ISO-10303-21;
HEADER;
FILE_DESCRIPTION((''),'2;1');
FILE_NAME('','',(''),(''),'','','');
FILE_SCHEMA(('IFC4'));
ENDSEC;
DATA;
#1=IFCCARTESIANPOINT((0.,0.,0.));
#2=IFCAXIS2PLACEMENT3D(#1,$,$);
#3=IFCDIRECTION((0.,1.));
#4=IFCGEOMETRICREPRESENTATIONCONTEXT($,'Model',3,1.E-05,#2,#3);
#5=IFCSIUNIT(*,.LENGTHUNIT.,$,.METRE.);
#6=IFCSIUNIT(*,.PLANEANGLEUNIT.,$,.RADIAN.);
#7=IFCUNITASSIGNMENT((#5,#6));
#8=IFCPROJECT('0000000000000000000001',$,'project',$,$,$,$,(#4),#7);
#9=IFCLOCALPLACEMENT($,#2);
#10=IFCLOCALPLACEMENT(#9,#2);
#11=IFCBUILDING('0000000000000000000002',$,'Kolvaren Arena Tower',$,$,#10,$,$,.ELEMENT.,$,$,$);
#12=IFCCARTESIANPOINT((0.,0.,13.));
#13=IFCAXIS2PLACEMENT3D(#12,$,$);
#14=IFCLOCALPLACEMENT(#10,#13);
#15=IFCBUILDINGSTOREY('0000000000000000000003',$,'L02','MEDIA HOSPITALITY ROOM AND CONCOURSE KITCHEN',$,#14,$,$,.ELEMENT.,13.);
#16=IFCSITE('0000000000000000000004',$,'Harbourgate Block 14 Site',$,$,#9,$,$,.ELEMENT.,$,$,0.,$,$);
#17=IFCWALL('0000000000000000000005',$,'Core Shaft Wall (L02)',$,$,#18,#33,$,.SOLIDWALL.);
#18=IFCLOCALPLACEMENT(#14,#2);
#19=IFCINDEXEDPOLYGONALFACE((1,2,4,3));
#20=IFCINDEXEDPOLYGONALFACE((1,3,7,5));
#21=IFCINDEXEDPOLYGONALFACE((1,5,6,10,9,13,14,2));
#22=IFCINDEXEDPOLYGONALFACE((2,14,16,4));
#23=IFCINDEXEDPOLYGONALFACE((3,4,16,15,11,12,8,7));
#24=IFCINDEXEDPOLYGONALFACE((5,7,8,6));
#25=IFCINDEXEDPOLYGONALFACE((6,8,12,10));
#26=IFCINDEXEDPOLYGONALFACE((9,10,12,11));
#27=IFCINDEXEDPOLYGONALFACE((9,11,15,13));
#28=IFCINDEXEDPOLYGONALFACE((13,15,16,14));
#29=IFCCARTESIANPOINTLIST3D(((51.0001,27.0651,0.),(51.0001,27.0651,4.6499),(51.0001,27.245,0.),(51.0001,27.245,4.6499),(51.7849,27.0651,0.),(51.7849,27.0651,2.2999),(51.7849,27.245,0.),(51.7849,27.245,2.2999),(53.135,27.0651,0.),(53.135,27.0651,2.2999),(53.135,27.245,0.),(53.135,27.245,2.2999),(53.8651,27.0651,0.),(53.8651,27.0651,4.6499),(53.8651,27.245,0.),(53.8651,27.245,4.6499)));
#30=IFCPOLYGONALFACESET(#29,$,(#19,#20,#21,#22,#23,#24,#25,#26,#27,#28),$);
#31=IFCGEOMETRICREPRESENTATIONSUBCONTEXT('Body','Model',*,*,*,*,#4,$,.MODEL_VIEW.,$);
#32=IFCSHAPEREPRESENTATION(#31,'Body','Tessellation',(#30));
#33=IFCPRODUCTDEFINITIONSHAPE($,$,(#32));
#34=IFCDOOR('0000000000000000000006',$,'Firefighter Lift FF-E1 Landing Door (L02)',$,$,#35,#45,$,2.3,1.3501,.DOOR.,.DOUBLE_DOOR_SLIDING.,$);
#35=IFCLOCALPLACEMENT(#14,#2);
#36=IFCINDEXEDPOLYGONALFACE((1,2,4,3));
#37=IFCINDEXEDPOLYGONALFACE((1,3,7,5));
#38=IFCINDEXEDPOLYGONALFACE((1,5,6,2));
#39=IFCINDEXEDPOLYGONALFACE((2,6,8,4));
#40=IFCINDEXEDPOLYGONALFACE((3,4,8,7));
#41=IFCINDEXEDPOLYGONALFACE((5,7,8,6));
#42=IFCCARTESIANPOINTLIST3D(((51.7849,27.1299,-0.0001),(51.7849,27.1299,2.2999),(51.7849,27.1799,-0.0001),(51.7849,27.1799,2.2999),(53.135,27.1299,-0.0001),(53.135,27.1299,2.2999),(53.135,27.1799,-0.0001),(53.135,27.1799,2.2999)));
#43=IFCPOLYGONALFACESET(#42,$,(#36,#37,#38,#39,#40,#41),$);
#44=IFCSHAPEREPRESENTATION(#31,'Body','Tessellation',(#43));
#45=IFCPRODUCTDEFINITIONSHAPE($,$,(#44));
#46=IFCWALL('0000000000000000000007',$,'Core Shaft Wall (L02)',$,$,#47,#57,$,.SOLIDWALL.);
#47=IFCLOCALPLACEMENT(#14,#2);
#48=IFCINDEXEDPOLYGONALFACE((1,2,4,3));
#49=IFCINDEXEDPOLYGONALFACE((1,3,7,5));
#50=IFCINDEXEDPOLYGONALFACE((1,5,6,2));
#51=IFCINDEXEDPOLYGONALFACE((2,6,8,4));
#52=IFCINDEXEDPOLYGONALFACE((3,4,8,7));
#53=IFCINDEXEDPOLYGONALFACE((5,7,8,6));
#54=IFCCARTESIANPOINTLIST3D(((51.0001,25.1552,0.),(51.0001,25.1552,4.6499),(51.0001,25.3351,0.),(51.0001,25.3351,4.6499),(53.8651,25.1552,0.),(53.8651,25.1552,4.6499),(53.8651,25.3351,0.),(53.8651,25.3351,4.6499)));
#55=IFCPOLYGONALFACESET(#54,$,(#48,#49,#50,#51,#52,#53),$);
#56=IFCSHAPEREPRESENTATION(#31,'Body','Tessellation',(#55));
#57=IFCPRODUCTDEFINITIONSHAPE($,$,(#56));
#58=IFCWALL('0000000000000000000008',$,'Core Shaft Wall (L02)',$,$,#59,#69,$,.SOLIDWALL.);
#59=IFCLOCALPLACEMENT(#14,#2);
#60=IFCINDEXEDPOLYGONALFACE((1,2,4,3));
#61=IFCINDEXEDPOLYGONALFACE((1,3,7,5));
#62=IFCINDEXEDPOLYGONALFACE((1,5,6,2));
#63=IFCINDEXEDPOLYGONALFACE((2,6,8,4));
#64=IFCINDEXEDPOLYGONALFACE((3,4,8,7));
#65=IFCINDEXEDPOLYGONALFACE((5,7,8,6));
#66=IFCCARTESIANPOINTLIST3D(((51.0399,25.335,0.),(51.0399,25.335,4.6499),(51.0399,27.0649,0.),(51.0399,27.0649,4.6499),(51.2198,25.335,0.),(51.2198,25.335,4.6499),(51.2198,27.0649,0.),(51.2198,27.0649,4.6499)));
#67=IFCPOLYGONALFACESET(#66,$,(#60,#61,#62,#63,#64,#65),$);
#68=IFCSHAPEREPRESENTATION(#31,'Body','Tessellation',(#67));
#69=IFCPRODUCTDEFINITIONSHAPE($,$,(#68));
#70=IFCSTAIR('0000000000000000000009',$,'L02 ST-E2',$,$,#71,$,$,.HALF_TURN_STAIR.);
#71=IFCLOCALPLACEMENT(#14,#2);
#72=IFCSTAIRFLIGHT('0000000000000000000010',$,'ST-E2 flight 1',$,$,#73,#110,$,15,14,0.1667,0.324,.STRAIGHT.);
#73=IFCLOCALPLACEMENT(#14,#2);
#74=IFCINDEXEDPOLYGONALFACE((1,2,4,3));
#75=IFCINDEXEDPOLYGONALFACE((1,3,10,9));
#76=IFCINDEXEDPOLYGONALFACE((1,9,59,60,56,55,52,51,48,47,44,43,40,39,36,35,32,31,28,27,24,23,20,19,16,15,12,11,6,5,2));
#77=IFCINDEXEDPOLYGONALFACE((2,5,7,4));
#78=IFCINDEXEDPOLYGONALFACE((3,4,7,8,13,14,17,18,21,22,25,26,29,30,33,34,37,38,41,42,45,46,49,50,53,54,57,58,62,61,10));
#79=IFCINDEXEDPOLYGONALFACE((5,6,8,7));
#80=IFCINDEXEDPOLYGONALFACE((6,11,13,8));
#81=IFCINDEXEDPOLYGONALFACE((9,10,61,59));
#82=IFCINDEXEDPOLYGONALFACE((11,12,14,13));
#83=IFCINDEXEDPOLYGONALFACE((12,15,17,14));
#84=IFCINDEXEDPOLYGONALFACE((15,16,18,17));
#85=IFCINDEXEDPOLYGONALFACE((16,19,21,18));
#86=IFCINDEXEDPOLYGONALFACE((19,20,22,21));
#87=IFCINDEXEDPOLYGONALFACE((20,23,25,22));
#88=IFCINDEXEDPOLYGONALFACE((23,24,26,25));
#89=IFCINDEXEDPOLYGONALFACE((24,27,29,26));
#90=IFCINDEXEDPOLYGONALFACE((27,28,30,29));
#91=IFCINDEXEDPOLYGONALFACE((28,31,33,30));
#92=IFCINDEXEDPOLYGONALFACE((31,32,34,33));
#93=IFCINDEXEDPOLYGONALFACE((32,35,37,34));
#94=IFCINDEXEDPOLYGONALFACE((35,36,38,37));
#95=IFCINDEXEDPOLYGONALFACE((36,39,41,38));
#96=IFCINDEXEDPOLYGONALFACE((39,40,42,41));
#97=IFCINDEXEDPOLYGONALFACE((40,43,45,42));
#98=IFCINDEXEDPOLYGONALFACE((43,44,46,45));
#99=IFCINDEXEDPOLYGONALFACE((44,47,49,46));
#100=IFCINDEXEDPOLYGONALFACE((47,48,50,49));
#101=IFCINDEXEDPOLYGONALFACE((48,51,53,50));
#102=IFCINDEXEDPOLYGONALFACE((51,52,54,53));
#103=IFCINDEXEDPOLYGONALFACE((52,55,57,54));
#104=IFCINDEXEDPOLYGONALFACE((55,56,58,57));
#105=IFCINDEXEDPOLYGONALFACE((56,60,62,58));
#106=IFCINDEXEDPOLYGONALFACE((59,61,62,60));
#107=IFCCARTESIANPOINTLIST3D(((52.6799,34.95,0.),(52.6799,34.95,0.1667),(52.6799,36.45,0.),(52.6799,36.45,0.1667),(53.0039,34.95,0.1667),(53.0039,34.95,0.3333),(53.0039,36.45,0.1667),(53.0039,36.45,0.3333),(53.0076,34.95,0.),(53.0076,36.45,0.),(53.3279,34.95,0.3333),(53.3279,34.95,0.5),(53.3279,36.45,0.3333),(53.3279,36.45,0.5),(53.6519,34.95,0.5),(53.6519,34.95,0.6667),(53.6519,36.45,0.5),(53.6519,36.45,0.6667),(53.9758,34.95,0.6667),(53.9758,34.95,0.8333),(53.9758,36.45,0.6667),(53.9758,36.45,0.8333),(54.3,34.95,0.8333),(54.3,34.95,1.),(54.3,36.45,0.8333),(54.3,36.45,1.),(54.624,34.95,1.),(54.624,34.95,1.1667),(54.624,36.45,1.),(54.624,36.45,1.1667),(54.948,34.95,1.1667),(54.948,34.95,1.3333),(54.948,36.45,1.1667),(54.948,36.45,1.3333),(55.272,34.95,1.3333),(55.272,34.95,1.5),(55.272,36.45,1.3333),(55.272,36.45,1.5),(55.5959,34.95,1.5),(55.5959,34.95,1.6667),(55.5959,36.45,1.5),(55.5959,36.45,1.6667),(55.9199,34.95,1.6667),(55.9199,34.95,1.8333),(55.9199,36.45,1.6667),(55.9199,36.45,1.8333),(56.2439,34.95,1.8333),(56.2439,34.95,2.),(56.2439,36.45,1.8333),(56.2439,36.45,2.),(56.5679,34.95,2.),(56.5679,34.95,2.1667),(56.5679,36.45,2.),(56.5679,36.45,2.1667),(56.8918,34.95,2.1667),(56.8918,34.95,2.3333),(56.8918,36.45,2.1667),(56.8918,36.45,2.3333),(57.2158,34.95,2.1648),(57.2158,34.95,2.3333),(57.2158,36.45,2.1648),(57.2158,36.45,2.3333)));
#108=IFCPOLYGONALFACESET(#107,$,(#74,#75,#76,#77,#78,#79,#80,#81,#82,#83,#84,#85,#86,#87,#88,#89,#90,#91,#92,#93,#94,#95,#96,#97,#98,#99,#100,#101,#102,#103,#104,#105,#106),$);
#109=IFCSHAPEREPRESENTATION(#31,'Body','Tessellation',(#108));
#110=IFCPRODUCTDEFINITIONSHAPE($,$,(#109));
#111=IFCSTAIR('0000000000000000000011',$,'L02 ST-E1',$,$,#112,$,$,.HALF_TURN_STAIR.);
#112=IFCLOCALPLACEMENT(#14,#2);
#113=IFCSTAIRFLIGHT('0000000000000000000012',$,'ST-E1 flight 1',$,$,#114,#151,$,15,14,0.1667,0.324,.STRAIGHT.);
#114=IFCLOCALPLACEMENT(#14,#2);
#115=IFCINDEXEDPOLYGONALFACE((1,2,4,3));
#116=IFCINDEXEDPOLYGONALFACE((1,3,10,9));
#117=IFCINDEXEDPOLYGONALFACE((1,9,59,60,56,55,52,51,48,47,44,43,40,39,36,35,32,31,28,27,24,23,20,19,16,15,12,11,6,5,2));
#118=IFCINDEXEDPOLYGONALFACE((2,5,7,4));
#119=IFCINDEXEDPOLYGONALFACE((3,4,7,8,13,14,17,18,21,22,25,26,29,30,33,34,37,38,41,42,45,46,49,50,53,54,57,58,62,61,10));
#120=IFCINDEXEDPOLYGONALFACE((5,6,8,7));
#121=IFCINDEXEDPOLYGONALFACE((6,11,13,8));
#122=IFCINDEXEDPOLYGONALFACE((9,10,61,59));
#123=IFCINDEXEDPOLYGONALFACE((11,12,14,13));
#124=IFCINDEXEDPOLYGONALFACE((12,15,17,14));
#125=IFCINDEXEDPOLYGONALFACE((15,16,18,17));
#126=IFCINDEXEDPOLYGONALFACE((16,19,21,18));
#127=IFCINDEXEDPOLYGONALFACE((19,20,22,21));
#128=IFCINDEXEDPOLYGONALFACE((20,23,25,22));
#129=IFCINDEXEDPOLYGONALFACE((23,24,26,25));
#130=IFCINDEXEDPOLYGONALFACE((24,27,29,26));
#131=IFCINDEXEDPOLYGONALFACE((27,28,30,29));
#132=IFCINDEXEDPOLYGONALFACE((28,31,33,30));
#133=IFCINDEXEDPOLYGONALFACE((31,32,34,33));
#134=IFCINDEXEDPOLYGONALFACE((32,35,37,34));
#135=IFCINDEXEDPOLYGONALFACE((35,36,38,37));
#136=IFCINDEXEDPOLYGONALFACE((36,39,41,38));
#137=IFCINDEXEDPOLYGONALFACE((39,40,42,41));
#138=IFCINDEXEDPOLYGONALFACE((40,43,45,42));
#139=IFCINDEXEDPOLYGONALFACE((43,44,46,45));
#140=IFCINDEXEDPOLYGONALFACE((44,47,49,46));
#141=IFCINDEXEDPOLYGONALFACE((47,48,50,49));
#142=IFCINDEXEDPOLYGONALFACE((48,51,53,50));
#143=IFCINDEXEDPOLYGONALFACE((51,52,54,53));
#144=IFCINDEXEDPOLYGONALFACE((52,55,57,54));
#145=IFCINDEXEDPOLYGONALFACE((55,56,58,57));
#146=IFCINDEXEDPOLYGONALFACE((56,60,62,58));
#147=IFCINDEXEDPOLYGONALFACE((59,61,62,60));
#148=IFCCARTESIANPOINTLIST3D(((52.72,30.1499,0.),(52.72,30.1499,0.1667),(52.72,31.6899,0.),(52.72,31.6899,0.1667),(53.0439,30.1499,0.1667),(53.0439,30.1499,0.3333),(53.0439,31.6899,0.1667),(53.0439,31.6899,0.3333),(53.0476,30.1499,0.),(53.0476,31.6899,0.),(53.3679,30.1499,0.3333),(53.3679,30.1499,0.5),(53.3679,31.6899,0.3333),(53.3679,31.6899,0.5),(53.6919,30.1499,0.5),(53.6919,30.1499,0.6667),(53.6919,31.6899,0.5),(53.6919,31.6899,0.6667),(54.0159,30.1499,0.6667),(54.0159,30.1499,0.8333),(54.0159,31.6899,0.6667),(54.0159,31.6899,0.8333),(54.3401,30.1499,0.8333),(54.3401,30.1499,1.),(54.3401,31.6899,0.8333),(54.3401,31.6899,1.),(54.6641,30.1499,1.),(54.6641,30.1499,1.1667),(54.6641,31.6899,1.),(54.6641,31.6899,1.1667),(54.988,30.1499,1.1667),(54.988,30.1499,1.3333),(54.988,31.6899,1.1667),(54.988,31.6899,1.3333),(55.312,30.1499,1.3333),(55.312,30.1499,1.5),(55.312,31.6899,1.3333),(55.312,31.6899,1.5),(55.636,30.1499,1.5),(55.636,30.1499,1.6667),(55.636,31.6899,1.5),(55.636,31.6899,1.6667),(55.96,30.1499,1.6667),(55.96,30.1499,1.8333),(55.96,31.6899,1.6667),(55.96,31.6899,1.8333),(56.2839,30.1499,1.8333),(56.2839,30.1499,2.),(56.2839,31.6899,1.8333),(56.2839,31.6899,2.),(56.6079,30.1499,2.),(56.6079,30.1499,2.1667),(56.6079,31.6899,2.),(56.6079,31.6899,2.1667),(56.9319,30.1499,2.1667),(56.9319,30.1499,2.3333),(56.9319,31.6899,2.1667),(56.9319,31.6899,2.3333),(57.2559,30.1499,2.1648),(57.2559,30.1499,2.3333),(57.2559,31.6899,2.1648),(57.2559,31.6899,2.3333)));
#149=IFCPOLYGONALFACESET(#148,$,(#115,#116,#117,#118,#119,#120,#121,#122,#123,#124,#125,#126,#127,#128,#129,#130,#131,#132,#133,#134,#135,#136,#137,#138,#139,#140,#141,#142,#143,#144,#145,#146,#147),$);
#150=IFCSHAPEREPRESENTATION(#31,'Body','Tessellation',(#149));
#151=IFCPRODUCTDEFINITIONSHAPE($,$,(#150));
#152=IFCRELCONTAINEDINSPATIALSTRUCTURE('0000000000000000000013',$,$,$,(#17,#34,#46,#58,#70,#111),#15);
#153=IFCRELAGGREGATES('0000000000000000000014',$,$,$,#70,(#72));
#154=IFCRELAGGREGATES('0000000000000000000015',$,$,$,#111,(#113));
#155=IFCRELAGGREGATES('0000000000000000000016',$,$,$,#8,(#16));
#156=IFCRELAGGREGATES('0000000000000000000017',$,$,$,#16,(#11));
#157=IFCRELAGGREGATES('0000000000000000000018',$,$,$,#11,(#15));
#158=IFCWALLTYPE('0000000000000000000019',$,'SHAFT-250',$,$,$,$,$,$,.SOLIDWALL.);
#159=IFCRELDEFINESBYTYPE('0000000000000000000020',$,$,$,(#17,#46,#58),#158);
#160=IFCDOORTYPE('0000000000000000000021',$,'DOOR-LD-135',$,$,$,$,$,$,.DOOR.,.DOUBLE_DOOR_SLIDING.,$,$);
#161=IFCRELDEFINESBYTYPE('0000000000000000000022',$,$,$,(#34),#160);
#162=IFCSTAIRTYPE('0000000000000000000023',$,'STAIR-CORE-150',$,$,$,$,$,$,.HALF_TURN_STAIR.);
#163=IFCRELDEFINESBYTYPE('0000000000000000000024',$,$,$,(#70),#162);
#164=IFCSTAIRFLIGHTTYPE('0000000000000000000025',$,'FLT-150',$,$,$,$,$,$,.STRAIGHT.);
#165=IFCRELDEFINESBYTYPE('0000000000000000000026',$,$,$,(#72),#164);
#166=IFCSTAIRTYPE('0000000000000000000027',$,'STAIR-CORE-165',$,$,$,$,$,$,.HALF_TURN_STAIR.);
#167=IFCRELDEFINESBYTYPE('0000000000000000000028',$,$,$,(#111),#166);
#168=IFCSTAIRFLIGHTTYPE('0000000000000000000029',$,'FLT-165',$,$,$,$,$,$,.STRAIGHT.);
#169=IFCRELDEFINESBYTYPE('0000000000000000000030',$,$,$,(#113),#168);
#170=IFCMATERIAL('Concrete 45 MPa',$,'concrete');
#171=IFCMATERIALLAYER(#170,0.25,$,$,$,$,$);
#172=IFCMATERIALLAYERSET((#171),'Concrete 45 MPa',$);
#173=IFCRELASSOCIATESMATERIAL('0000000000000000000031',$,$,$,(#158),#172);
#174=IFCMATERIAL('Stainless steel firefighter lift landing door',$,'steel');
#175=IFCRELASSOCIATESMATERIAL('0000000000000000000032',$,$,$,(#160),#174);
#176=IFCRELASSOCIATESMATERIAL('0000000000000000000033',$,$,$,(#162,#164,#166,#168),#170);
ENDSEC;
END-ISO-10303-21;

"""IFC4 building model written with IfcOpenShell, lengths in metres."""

from ifc_helpers import new_model, si_unit, direction, frame, frame_2d, origin, place, context, subcontext, project, spatial, polyline, rectangle, outline, extrude, material, layer, layer_set, type_object, element, fill, aggregate, save


model = new_model("IFC4")

# Units and contexts
model_context = context("Model", 3, precision=1e-05, world=origin(), true_north=direction((0.0, 1.0)))
body_context = subcontext(model_context, "Body", "Model", "MODEL_VIEW")
ifc_project = project(units=[si_unit("LENGTHUNIT", "METRE"), si_unit("PLANEANGLEUNIT", "RADIAN")], contexts=[model_context])

# Site, building, storey
site_placement = place(None, origin())
site = spatial("IfcSite", under=ifc_project, at=site_placement, Name="Harbourgate Block 14 Site", CompositionType="ELEMENT", RefElevation=0.0)
building_placement = place(site_placement, origin())
building = spatial("IfcBuilding", under=site, at=building_placement, Name="Kolvaren Arena Tower", CompositionType="ELEMENT")
storey_placement = place(building_placement, frame((0.0, 0.0, 13.0)))
storey = spatial("IfcBuildingStorey", under=building, at=storey_placement, Name="L02", Description="MEDIA HOSPITALITY ROOM AND CONCOURSE KITCHEN", CompositionType="ELEMENT", Elevation=13.0)

# Shared definitions
ifc_material_1 = material(Name="Concrete 45 MPa", Category="concrete")
ifc_layer = layer(ifc_material_1, 0.25)
ifc_layer_set = layer_set([ifc_layer], Name="Concrete 45 MPa")
wall_type = type_object("IfcWallType", Name="SHAFT-250", PredefinedType="SOLIDWALL", material=ifc_layer_set)

# Wall, opening, door
wall_1_placement = place(storey_placement, frame((51.0, 27.155, 0.0), z_axis=(0.0, 0.0, 1.0), x_axis=(1.0, 0.0, 0.0)))
wall_1 = element("IfcWall", 1, at=wall_1_placement, inside=storey, type_object=wall_type, Name="Core Shaft Wall (L02)", PredefinedType="SOLIDWALL", context=body_context, shape_type="SweptSolid", body=[
    extrude(rectangle(XDim=2.865, YDim=0.1799, at=frame_2d((1.4326, 0.0))), origin(), (0.0, 0.0, 1.0), 4.6499),
])
opening_placement = place(wall_1_placement, frame((0.7849, 0.0, 0.0)))
opening = element("IfcOpeningElement", 2, at=opening_placement, cuts=wall_1, PredefinedType="OPENING", context=body_context, shape_type="SweptSolid", body=[
    extrude(rectangle(XDim=1.3501, YDim=2.3, at=frame_2d((0.675, 1.1499))), frame((0.0, 0.0999, 0.0), z_axis=(0.0, -1.0, 0.0), x_axis=(1.0, 0.0, 0.0)), (0.0, 0.0, 1.0), 0.2),
])
ifc_material_2 = material(Name="Stainless steel firefighter lift landing door", Category="steel")
door_type = type_object("IfcDoorType", Name="DOOR-LD-135", OperationType="DOUBLE_DOOR_SLIDING", PredefinedType="DOOR", material=ifc_material_2)
door_placement = place(opening_placement, origin())
door = element("IfcDoor", 3, at=door_placement, inside=storey, type_object=door_type, Name="Firefighter Lift FF-E1 Landing Door (L02)", OperationType="DOUBLE_DOOR_SLIDING", OverallHeight=2.3, OverallWidth=1.3501, PredefinedType="DOOR", context=body_context, shape_type="SweptSolid", body=[
    extrude(rectangle(XDim=1.3501, YDim=2.3, at=frame_2d((0.675, 1.1499))), frame((0.0, 0.0249, 0.0), z_axis=(0.0, -1.0, 0.0), x_axis=(1.0, 0.0, 0.0)), (0.0, 0.0, 1.0), 0.05),
])
fill(opening, door)

# Walls
wall_2_placement = place(storey_placement, frame((51.0, 25.2451, 0.0), z_axis=(0.0, 0.0, 1.0), x_axis=(1.0, 0.0, 0.0)))
element("IfcWall", 4, at=wall_2_placement, inside=storey, type_object=wall_type, Name="Core Shaft Wall (L02)", PredefinedType="SOLIDWALL", context=body_context, shape_type="SweptSolid", body=[
    extrude(rectangle(XDim=2.865, YDim=0.1799, at=frame_2d((1.4326, 0.0))), origin(), (0.0, 0.0, 1.0), 4.6499),
])
wall_3_placement = place(storey_placement, frame((51.1299, 25.335, 0.0), z_axis=(0.0, 0.0, 1.0), x_axis=(0.0, 1.0, 0.0)))
element("IfcWall", 5, at=wall_3_placement, inside=storey, type_object=wall_type, Name="Core Shaft Wall (L02)", PredefinedType="SOLIDWALL", context=body_context, shape_type="SweptSolid", body=[
    extrude(rectangle(XDim=1.73, YDim=0.1799, at=frame_2d((0.865, 0.0))), origin(), (0.0, 0.0, 1.0), 4.6499),
])

# Stairs, stair flights
stair_type_1 = type_object("IfcStairType", Name="STAIR-CORE-150", PredefinedType="HALF_TURN_STAIR", material=ifc_material_1)
stair_1_placement = place(storey_placement, origin())
stair_1 = element("IfcStair", 6, at=stair_1_placement, inside=storey, type_object=stair_type_1, Name="L02 ST-E2", PredefinedType="HALF_TURN_STAIR")
stair_flight_type_1 = type_object("IfcStairFlightType", Name="FLT-150", PredefinedType="STRAIGHT", material=ifc_material_1)
stair_flight_1_placement = place(storey_placement, frame((52.6799, 35.7, 0.0), z_axis=(0.0, 0.0, 1.0), x_axis=(1.0, 0.0, 0.0)))
stair_flight_1 = element("IfcStairFlight", 7, at=stair_flight_1_placement, type_object=stair_flight_type_1, Name="ST-E2 flight 1", NumberOfRisers=15, NumberOfTreads=14, PredefinedType="STRAIGHT", RiserHeight=0.1667, TreadLength=0.324, context=body_context, shape_type="SweptSolid", body=[
    extrude(outline(polyline([(0.0, 0.0), (0.0, 0.1667), (0.324, 0.1667), (0.324, 0.3333), (0.6479, 0.3333), (0.6479, 0.5), (0.9719, 0.5), (0.9719, 0.6667), (1.2959, 0.6667), (1.2959, 0.8333), (1.6201, 0.8333), (1.6201, 1.0), (1.9441, 1.0), (1.9441, 1.1667), (2.2681, 1.1667), (2.2681, 1.3333), (2.592, 1.3333), (2.592, 1.5), (2.916, 1.5), (2.916, 1.6667), (3.24, 1.6667), (3.24, 1.8333), (3.564, 1.8333), (3.564, 2.0), (3.8879, 2.0), (3.8879, 2.1667), (4.2119, 2.1667), (4.2119, 2.3333), (4.5359, 2.3333), (4.5359, 2.5), (4.5359, 2.1648), (0.3276, 0.0), (0.0, 0.0)])), frame((0.0, 0.75, 0.0), z_axis=(0.0, -1.0, 0.0), x_axis=(1.0, 0.0, 0.0)), (0.0, 0.0, 1.0), 1.5),
])
aggregate(stair_1, [stair_flight_1])
stair_type_2 = type_object("IfcStairType", Name="STAIR-CORE-165", PredefinedType="HALF_TURN_STAIR", material=ifc_material_1)
stair_2_placement = place(storey_placement, origin())
stair_2 = element("IfcStair", 8, at=stair_2_placement, inside=storey, type_object=stair_type_2, Name="L02 ST-E1", PredefinedType="HALF_TURN_STAIR")
stair_flight_type_2 = type_object("IfcStairFlightType", Name="FLT-165", PredefinedType="STRAIGHT", material=ifc_material_1)
stair_flight_2_placement = place(storey_placement, frame((52.72, 30.9199, 0.0), z_axis=(0.0, 0.0, 1.0), x_axis=(1.0, 0.0, 0.0)))
stair_flight_2 = element("IfcStairFlight", 9, at=stair_flight_2_placement, type_object=stair_flight_type_2, Name="ST-E1 flight 1", NumberOfRisers=15, NumberOfTreads=14, PredefinedType="STRAIGHT", RiserHeight=0.1667, TreadLength=0.324, context=body_context, shape_type="SweptSolid", body=[
    extrude(outline(polyline([(0.0, 0.0), (0.0, 0.1667), (0.324, 0.1667), (0.324, 0.3333), (0.6479, 0.3333), (0.6479, 0.5), (0.9719, 0.5), (0.9719, 0.6667), (1.2959, 0.6667), (1.2959, 0.8333), (1.6201, 0.8333), (1.6201, 1.0), (1.9441, 1.0), (1.9441, 1.1667), (2.2681, 1.1667), (2.2681, 1.3333), (2.592, 1.3333), (2.592, 1.5), (2.916, 1.5), (2.916, 1.6667), (3.24, 1.6667), (3.24, 1.8333), (3.564, 1.8333), (3.564, 2.0), (3.8879, 2.0), (3.8879, 2.1667), (4.2119, 2.1667), (4.2119, 2.3333), (4.5359, 2.3333), (4.5359, 2.5), (4.5359, 2.1648), (0.3276, 0.0), (0.0, 0.0)])), frame((0.0, 0.77, 0.0), z_axis=(0.0, -1.0, 0.0), x_axis=(1.0, 0.0, 0.0)), (0.0, 0.0, 1.0), 1.54),
])
aggregate(stair_2, [stair_flight_2])

save(model, "model.ifc")
